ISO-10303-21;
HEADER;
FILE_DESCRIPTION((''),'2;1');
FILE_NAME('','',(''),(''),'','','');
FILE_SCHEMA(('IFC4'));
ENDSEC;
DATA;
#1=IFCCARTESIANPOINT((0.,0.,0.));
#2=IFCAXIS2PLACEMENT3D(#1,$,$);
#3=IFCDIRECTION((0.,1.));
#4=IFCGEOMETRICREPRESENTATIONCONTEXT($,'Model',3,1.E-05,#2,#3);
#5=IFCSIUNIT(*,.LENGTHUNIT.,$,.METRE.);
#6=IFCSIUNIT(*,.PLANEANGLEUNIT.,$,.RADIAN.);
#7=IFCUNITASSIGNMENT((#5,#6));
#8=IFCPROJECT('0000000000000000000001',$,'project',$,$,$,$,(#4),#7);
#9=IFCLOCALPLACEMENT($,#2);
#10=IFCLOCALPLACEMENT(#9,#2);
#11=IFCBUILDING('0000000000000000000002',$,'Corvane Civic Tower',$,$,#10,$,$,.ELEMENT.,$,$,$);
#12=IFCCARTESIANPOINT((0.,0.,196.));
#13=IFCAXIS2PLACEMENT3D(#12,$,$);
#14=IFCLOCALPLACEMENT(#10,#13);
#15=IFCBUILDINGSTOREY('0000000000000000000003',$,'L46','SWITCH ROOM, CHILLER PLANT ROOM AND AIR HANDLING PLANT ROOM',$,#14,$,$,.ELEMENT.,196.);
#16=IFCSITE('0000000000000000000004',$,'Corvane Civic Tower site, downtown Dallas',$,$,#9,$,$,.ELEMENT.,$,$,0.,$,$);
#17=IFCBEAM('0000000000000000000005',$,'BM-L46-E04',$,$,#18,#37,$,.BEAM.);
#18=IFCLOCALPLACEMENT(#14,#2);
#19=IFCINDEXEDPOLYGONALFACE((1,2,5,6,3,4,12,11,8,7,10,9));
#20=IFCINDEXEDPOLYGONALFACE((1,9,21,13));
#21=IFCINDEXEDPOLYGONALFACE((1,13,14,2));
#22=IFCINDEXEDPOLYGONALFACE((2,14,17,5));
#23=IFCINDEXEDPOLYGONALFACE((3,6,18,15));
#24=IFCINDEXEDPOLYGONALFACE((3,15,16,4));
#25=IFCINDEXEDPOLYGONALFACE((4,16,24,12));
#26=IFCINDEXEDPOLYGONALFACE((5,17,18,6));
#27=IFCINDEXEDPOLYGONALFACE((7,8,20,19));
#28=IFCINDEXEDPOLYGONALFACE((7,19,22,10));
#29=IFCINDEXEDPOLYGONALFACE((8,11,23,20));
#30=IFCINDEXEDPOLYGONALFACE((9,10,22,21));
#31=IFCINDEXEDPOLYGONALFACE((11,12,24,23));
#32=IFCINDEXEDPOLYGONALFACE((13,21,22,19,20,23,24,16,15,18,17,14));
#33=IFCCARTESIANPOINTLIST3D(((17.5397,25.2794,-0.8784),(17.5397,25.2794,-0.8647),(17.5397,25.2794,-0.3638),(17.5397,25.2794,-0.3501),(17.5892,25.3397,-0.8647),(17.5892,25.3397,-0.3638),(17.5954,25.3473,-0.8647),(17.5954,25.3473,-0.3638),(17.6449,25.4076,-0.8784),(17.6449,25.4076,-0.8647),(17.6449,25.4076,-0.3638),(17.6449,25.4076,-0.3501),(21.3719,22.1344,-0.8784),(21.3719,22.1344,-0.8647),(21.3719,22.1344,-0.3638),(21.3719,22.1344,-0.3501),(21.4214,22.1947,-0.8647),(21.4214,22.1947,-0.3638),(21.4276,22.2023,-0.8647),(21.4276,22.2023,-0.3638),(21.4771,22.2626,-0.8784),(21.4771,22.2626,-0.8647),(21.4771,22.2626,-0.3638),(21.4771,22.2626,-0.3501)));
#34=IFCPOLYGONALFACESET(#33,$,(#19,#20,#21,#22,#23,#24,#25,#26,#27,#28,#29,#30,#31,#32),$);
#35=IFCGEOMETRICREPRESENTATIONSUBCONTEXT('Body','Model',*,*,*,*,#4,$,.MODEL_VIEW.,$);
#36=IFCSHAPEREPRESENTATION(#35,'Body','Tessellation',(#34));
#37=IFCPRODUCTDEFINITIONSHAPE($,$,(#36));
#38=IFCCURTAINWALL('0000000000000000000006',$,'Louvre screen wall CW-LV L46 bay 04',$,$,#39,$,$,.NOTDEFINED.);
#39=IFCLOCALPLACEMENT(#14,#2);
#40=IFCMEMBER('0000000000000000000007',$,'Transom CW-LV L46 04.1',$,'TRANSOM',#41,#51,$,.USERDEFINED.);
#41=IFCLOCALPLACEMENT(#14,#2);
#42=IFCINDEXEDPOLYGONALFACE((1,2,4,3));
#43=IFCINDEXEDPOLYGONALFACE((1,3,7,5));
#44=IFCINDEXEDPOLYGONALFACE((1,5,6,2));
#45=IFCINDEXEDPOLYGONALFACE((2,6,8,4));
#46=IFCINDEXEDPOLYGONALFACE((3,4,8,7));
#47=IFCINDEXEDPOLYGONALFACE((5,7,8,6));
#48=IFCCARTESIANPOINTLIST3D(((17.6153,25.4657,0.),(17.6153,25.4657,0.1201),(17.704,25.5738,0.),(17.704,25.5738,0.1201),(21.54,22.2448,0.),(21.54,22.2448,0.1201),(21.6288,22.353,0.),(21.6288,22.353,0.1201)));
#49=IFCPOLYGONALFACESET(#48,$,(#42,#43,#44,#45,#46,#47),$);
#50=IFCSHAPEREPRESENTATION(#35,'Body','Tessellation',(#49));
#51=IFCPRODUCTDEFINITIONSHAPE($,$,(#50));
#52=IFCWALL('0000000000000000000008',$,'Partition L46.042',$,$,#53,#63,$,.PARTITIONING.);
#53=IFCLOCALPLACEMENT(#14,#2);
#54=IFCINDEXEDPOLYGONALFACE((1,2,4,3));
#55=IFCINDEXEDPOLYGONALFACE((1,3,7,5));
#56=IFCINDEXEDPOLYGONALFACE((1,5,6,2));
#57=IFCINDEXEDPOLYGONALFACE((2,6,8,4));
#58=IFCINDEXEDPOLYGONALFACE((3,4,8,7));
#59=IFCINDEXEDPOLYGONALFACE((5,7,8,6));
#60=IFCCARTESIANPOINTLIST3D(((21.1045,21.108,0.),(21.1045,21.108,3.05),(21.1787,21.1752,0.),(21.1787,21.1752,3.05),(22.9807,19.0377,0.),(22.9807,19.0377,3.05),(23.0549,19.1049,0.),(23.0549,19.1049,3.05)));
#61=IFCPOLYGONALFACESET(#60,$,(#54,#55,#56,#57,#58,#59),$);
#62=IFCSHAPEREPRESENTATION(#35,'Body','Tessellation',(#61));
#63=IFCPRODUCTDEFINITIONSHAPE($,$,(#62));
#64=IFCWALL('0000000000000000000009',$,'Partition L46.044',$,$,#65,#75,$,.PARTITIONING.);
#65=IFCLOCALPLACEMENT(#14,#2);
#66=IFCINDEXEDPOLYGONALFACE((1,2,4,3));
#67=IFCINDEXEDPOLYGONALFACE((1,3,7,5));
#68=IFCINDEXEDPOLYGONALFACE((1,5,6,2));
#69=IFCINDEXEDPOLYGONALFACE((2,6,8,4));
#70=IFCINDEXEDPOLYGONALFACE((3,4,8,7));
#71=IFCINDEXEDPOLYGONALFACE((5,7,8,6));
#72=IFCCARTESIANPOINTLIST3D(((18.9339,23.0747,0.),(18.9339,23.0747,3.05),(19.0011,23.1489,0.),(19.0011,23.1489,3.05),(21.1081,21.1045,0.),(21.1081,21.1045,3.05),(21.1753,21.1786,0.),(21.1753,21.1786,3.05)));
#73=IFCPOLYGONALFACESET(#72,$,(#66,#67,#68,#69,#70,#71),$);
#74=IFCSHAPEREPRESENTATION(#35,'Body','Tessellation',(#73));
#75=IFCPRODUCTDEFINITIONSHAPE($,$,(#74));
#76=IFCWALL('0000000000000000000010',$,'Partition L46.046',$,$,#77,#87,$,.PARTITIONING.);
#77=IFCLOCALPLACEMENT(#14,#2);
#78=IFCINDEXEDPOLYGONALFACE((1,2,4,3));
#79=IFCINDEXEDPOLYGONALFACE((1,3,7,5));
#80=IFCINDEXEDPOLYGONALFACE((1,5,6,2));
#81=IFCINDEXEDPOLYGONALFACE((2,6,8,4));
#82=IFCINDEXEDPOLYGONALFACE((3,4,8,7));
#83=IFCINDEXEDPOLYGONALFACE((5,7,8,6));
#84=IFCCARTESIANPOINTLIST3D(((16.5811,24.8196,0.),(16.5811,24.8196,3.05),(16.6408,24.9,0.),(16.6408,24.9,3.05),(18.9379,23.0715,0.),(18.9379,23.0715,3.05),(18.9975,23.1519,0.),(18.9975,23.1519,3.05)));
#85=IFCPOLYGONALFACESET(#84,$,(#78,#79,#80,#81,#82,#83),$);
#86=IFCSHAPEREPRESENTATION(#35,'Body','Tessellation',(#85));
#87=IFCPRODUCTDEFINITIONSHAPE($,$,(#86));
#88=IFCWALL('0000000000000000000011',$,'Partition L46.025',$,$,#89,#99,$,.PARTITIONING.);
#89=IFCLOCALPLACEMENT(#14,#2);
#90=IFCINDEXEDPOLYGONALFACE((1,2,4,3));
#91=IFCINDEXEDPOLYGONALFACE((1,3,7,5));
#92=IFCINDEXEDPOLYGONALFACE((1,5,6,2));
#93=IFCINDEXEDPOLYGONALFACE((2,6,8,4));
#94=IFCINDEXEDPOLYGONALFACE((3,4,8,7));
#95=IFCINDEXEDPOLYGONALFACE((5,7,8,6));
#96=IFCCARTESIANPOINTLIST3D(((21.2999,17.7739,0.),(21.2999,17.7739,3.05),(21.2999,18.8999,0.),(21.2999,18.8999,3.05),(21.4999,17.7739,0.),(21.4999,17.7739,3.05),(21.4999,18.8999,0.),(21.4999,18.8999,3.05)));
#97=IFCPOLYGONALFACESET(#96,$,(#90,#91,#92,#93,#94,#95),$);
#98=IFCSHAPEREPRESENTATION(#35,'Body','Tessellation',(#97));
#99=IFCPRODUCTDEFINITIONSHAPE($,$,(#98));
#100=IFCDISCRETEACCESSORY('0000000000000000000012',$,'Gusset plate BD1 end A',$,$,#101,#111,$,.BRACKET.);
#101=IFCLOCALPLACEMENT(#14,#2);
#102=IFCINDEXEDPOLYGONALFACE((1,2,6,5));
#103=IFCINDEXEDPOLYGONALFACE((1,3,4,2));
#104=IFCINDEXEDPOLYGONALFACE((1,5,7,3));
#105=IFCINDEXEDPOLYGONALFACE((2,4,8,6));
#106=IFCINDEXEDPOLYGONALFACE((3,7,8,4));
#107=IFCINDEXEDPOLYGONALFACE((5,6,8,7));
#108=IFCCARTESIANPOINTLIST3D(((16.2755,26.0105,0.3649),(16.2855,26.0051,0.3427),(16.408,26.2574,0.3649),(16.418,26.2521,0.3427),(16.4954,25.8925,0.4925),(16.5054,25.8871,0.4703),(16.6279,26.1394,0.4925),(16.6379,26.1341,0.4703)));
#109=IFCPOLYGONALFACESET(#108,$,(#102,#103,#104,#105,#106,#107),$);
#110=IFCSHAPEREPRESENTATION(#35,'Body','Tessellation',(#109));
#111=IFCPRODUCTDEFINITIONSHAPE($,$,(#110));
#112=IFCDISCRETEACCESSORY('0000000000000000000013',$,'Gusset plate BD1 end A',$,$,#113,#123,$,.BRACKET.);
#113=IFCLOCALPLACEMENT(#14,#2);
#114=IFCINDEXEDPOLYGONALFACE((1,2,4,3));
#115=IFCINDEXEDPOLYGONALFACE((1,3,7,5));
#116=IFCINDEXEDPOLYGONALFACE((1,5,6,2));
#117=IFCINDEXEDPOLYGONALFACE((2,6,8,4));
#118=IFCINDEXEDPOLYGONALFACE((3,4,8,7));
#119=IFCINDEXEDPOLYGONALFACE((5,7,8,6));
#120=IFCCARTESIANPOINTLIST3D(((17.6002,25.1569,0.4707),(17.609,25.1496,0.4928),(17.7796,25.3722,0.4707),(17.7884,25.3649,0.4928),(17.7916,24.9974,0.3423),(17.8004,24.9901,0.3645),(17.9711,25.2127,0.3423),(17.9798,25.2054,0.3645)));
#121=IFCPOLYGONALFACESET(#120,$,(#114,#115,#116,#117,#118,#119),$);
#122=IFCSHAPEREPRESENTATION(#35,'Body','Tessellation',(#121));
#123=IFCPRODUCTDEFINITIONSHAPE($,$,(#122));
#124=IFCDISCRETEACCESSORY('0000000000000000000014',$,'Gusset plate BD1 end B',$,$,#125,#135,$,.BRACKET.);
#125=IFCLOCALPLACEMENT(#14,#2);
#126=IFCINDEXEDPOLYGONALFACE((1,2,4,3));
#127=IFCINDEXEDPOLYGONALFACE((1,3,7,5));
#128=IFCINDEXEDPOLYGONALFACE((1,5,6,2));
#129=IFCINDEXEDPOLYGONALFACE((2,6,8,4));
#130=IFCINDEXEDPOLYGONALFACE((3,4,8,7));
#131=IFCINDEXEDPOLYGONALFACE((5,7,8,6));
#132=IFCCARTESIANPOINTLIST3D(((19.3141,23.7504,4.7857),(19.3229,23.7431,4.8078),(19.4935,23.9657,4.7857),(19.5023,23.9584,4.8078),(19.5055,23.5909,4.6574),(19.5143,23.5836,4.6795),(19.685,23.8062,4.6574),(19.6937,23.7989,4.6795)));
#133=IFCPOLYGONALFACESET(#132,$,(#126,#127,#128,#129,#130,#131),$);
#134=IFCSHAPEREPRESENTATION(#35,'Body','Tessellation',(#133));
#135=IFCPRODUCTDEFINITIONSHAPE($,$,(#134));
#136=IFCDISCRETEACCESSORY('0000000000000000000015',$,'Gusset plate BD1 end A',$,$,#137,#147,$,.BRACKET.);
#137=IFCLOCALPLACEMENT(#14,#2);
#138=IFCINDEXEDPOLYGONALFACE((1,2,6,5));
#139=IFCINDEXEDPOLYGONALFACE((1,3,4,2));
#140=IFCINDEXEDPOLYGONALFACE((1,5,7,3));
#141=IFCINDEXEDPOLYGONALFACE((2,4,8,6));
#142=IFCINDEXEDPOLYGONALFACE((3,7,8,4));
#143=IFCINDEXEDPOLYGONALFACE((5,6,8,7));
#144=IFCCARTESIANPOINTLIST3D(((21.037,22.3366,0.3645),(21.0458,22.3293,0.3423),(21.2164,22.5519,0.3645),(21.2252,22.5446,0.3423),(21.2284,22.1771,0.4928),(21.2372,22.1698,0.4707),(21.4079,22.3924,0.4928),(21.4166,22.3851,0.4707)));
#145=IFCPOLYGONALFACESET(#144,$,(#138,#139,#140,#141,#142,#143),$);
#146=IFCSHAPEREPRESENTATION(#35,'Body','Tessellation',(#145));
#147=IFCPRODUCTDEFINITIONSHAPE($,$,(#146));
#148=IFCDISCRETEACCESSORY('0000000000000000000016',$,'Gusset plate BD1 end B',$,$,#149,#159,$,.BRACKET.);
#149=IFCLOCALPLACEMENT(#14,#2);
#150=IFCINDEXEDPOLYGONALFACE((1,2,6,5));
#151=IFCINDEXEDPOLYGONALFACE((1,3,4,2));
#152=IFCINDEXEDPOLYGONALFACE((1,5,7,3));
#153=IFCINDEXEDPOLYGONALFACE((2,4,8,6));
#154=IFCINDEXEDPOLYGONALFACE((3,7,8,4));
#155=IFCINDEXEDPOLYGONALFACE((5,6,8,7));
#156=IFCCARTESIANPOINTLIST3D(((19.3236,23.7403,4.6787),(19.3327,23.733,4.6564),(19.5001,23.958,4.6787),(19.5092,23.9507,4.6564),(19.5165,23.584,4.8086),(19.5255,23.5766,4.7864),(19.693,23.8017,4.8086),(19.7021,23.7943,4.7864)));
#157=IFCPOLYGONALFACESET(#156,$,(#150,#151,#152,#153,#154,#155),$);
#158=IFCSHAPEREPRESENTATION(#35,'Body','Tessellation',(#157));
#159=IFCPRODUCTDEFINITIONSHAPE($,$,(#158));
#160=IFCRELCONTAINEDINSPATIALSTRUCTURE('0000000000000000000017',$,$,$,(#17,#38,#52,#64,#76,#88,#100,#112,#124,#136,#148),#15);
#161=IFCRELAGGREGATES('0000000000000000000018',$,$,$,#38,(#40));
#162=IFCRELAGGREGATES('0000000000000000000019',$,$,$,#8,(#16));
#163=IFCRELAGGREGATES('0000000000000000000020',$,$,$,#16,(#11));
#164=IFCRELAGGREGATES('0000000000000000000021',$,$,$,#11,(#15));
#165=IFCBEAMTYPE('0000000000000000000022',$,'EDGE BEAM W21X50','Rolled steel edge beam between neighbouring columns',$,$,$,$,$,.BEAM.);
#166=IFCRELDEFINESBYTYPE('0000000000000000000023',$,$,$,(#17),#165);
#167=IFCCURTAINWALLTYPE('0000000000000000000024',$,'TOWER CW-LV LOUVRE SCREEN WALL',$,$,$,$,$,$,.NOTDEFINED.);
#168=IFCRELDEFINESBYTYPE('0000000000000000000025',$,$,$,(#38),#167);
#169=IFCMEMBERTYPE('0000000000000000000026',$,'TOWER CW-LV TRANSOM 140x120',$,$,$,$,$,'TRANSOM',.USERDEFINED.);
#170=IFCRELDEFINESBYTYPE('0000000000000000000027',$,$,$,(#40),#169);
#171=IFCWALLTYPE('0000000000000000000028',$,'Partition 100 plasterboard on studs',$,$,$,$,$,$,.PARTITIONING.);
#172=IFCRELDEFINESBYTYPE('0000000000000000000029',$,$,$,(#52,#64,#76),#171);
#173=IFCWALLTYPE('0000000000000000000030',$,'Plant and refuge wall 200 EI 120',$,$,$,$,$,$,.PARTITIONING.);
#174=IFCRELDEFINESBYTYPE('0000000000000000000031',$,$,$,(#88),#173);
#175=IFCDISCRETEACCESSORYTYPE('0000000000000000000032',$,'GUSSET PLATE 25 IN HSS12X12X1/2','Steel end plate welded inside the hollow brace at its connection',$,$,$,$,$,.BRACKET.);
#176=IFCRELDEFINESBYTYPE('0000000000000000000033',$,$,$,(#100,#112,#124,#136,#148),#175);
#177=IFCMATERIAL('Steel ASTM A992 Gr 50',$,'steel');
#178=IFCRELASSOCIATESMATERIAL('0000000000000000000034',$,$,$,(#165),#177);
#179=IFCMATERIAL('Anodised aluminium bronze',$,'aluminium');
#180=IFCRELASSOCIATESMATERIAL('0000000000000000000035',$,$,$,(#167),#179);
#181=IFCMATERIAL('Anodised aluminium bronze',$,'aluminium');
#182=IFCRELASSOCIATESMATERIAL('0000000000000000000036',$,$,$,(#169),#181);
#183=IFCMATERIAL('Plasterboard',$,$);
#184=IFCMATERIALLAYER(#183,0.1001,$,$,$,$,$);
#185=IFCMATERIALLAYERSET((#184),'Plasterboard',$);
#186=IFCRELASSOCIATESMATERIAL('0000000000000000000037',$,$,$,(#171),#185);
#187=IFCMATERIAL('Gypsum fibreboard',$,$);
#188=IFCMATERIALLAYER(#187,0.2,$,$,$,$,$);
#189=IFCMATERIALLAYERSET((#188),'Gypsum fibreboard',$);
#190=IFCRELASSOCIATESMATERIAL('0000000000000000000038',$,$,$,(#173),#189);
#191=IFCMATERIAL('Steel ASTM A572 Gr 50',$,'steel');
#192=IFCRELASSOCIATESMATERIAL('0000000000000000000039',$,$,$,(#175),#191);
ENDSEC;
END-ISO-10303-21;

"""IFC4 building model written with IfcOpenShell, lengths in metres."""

from ifc_helpers import new_model, si_unit, direction, frame, frame_2d, origin, origin_2d, place, context, subcontext, project, spatial, rectangle, i_section, extrude, material, layer, layer_set, material_profile, profile_set, type_object, element, aggregate, save


model = new_model("IFC4")

# Units and contexts
model_context = context("Model", 3, precision=1e-05, world=origin(), true_north=direction((0.0, 1.0)))
body_context = subcontext(model_context, "Body", "Model", "MODEL_VIEW")
ifc_project = project(units=[si_unit("LENGTHUNIT", "METRE"), si_unit("PLANEANGLEUNIT", "RADIAN")], contexts=[model_context])

# Site, building, storey
site_placement = place(None, origin())
site = spatial("IfcSite", under=ifc_project, at=site_placement, Name="Corvane Civic Tower site, downtown Dallas", CompositionType="ELEMENT", RefElevation=0.0)
building_placement = place(site_placement, origin())
building = spatial("IfcBuilding", under=site, at=building_placement, Name="Corvane Civic Tower", CompositionType="ELEMENT")
storey_placement = place(building_placement, frame((0.0, 0.0, 196.0)))
storey = spatial("IfcBuildingStorey", under=building, at=storey_placement, Name="L46", Description="SWITCH ROOM, CHILLER PLANT ROOM AND AIR HANDLING PLANT ROOM", CompositionType="ELEMENT", Elevation=196.0)

# Beam
ifc_material_1 = material(Name="Steel ASTM A992 Gr 50", Category="steel")
ifc_material_profile_1 = material_profile(ifc_material_1, i_section(OverallWidth=0.1658, OverallDepth=0.5283, WebThickness=0.0098, FlangeThickness=0.0137, at=origin_2d()), Name="W21X50")
ifc_profile_set_1 = profile_set([ifc_material_profile_1], Name="Steel ASTM A992 Gr 50")
beam_type = type_object("IfcBeamType", Name="EDGE BEAM W21X50", Description="Rolled steel edge beam between neighbouring columns", PredefinedType="BEAM", material=ifc_profile_set_1)
beam_placement = place(storey_placement, frame((17.5923, 25.3435, -0.6143), z_axis=(0.773015, -0.634388, 0.0), x_axis=(0.634388, 0.773015, 0.0)))
element("IfcBeam", 1, at=beam_placement, inside=storey, type_object=beam_type, Name="BM-L46-E04", PredefinedType="BEAM", context=body_context, shape_type="SweptSolid", body=[
    extrude(i_section(OverallWidth=0.1658, OverallDepth=0.5283, WebThickness=0.0098, FlangeThickness=0.0137, at=origin_2d()), origin(), (0.0, 0.0, 1.0), 4.9575),
])

# Curtain wall, member
ifc_material_2 = material(Name="Anodised aluminium bronze", Category="aluminium")
curtain_wall_type = type_object("IfcCurtainWallType", Name="TOWER CW-LV LOUVRE SCREEN WALL", PredefinedType="NOTDEFINED", material=ifc_material_2)
curtain_wall_placement = place(storey_placement, origin())
curtain_wall = element("IfcCurtainWall", 2, at=curtain_wall_placement, inside=storey, type_object=curtain_wall_type, Name="Louvre screen wall CW-LV L46 bay 04", PredefinedType="NOTDEFINED")
ifc_material_3 = material(Name="Anodised aluminium bronze", Category="aluminium")
ifc_material_profile_2 = material_profile(ifc_material_3, rectangle(XDim=0.1399, YDim=0.1201, at=origin_2d()), Name="TOWER CW-LV TRANSOM 140x120")
ifc_profile_set_2 = profile_set([ifc_material_profile_2], Name="Anodised aluminium bronze")
member_type_1 = type_object("IfcMemberType", Name="TOWER CW-LV TRANSOM 140x120", ElementType="TRANSOM", PredefinedType="USERDEFINED", material=ifc_profile_set_2)
member_placement = place(storey_placement, frame((17.6597, 25.5198, 0.0601), z_axis=(0.773016, -0.634387, 0.0), x_axis=(0.634387, 0.773016, 0.0)))
member = element("IfcMember", 3, at=member_placement, type_object=member_type_1, Name="Transom CW-LV L46 04.1", ObjectType="TRANSOM", PredefinedType="USERDEFINED", context=body_context, shape_type="SweptSolid", body=[
    extrude(rectangle(XDim=0.1399, YDim=0.1201, at=origin_2d()), origin(), (0.0, 0.0, 1.0), 5.0771),
])

# Walls
ifc_material_4 = material(Name="Plasterboard")
ifc_layer_1 = layer(ifc_material_4, 0.1001)
ifc_layer_set_1 = layer_set([ifc_layer_1], Name="Plasterboard")
wall_type_1 = type_object("IfcWallType", Name="Partition 100 plasterboard on studs", PredefinedType="PARTITIONING", material=ifc_layer_set_1)
wall_1_placement = place(storey_placement, frame((21.1416, 21.1416, 0.0), z_axis=(0.0, 0.0, 1.0), x_axis=(0.671519, -0.740987, 0.0)))
element("IfcWall", 4, at=wall_1_placement, inside=storey, type_object=wall_type_1, Name="Partition L46.042", PredefinedType="PARTITIONING", context=body_context, shape_type="SweptSolid", body=[
    extrude(rectangle(XDim=2.7939, YDim=0.1001, at=frame_2d((1.397, 0.0))), origin(), (0.0, 0.0, 1.0), 3.05),
])
wall_2_placement = place(storey_placement, frame((18.9675, 23.1118, 0.0), z_axis=(0.0, 0.0, 1.0), x_axis=(0.740993, -0.671512, 0.0)))
element("IfcWall", 5, at=wall_2_placement, inside=storey, type_object=wall_type_1, Name="Partition L46.044", PredefinedType="PARTITIONING", context=body_context, shape_type="SweptSolid", body=[
    extrude(rectangle(XDim=2.9341, YDim=0.1001, at=frame_2d((1.467, 0.0))), origin(), (0.0, 0.0, 1.0), 3.05),
])
wall_3_placement = place(storey_placement, frame((16.6108, 24.8599, 0.0), z_axis=(0.0, 0.0, 1.0), x_axis=(0.803174, -0.595745, 0.0)))
element("IfcWall", 6, at=wall_3_placement, inside=storey, type_object=wall_type_1, Name="Partition L46.046", PredefinedType="PARTITIONING", context=body_context, shape_type="SweptSolid", body=[
    extrude(rectangle(XDim=2.9343, YDim=0.1001, at=frame_2d((1.4673, 0.0))), origin(), (0.0, 0.0, 1.0), 3.05),
])
ifc_material_5 = material(Name="Gypsum fibreboard")
ifc_layer_2 = layer(ifc_material_5, 0.2)
ifc_layer_set_2 = layer_set([ifc_layer_2], Name="Gypsum fibreboard")
wall_type_2 = type_object("IfcWallType", Name="Plant and refuge wall 200 EI 120", PredefinedType="PARTITIONING", material=ifc_layer_set_2)
wall_4_placement = place(storey_placement, frame((21.3999, 17.7739, 0.0), z_axis=(0.0, 0.0, 1.0), x_axis=(0.0, 1.0, 0.0)))
element("IfcWall", 7, at=wall_4_placement, inside=storey, type_object=wall_type_2, Name="Partition L46.025", PredefinedType="PARTITIONING", context=body_context, shape_type="SweptSolid", body=[
    extrude(rectangle(XDim=1.126, YDim=0.2, at=frame_2d((0.563, 0.0))), origin(), (0.0, 0.0, 1.0), 3.05),
])

aggregate(curtain_wall, [member])

# Discrete accessories
ifc_material_6 = material(Name="Steel ASTM A572 Gr 50", Category="steel")
ifc_material_profile_3 = material_profile(ifc_material_6, rectangle(XDim=0.2803, YDim=0.2803, at=origin_2d()), Name="GUSSET PLATE 25 IN HSS12X12X1/2")
ifc_profile_set_3 = profile_set([ifc_material_profile_3], Name="Steel ASTM A572 Gr 50")
discrete_accessory_type = type_object("IfcDiscreteAccessoryType", Name="GUSSET PLATE 25 IN HSS12X12X1/2", Description="Steel end plate welded inside the hollow brace at its connection", PredefinedType="BRACKET", material=ifc_profile_set_3)
for number, where, z_axis, x_axis, name in (
    (8, (16.4617, 26.0696, 0.4065), (-0.401152, 0.215252, 0.890362), (-0.472818, -0.88116, 0.0), "Gusset plate BD1 end A"),
    (9, (17.7856, 25.1848, 0.4065), (0.351709, -0.293091, 0.889043), (0.640184, 0.768221, 0.0), "Gusset plate BD1 end A"),
    (10, (19.5083, 23.771, 4.7437), (-0.351709, 0.293091, -0.889043), (-0.640184, -0.768221, 0.0), "Gusset plate BD1 end B"),
    (11, (21.2312, 22.3572, 0.4065), (-0.351709, 0.293091, 0.889043), (-0.640184, -0.768221, 0.0), "Gusset plate BD1 end A"),
):
    element("IfcDiscreteAccessory", number, at=place(storey_placement, frame(where, z_axis=z_axis, x_axis=x_axis)), inside=storey, type_object=discrete_accessory_type, Name=name, PredefinedType="BRACKET", context=body_context, shape_type="SweptSolid", body=[
        extrude(rectangle(XDim=0.2803, YDim=0.2803, at=origin_2d()), origin(), (0.0, 0.0, 1.0), 0.0249),
    ])
discrete_accessory_placement = place(storey_placement, frame((19.5083, 23.771, 4.7437), z_axis=(0.360226, -0.292075, -0.885962), x_axis=(0.629802, 0.776756, 0.0)))
element("IfcDiscreteAccessory", 12, at=discrete_accessory_placement, inside=storey, type_object=discrete_accessory_type, Name="Gusset plate BD1 end B", PredefinedType="BRACKET", context=body_context, shape_type="SweptSolid", body=[
    extrude(rectangle(XDim=0.2803, YDim=0.2803, at=origin_2d()), origin(), (0.0, 0.0, 1.0), 0.0251),
])

save(model, "model.ifc")
